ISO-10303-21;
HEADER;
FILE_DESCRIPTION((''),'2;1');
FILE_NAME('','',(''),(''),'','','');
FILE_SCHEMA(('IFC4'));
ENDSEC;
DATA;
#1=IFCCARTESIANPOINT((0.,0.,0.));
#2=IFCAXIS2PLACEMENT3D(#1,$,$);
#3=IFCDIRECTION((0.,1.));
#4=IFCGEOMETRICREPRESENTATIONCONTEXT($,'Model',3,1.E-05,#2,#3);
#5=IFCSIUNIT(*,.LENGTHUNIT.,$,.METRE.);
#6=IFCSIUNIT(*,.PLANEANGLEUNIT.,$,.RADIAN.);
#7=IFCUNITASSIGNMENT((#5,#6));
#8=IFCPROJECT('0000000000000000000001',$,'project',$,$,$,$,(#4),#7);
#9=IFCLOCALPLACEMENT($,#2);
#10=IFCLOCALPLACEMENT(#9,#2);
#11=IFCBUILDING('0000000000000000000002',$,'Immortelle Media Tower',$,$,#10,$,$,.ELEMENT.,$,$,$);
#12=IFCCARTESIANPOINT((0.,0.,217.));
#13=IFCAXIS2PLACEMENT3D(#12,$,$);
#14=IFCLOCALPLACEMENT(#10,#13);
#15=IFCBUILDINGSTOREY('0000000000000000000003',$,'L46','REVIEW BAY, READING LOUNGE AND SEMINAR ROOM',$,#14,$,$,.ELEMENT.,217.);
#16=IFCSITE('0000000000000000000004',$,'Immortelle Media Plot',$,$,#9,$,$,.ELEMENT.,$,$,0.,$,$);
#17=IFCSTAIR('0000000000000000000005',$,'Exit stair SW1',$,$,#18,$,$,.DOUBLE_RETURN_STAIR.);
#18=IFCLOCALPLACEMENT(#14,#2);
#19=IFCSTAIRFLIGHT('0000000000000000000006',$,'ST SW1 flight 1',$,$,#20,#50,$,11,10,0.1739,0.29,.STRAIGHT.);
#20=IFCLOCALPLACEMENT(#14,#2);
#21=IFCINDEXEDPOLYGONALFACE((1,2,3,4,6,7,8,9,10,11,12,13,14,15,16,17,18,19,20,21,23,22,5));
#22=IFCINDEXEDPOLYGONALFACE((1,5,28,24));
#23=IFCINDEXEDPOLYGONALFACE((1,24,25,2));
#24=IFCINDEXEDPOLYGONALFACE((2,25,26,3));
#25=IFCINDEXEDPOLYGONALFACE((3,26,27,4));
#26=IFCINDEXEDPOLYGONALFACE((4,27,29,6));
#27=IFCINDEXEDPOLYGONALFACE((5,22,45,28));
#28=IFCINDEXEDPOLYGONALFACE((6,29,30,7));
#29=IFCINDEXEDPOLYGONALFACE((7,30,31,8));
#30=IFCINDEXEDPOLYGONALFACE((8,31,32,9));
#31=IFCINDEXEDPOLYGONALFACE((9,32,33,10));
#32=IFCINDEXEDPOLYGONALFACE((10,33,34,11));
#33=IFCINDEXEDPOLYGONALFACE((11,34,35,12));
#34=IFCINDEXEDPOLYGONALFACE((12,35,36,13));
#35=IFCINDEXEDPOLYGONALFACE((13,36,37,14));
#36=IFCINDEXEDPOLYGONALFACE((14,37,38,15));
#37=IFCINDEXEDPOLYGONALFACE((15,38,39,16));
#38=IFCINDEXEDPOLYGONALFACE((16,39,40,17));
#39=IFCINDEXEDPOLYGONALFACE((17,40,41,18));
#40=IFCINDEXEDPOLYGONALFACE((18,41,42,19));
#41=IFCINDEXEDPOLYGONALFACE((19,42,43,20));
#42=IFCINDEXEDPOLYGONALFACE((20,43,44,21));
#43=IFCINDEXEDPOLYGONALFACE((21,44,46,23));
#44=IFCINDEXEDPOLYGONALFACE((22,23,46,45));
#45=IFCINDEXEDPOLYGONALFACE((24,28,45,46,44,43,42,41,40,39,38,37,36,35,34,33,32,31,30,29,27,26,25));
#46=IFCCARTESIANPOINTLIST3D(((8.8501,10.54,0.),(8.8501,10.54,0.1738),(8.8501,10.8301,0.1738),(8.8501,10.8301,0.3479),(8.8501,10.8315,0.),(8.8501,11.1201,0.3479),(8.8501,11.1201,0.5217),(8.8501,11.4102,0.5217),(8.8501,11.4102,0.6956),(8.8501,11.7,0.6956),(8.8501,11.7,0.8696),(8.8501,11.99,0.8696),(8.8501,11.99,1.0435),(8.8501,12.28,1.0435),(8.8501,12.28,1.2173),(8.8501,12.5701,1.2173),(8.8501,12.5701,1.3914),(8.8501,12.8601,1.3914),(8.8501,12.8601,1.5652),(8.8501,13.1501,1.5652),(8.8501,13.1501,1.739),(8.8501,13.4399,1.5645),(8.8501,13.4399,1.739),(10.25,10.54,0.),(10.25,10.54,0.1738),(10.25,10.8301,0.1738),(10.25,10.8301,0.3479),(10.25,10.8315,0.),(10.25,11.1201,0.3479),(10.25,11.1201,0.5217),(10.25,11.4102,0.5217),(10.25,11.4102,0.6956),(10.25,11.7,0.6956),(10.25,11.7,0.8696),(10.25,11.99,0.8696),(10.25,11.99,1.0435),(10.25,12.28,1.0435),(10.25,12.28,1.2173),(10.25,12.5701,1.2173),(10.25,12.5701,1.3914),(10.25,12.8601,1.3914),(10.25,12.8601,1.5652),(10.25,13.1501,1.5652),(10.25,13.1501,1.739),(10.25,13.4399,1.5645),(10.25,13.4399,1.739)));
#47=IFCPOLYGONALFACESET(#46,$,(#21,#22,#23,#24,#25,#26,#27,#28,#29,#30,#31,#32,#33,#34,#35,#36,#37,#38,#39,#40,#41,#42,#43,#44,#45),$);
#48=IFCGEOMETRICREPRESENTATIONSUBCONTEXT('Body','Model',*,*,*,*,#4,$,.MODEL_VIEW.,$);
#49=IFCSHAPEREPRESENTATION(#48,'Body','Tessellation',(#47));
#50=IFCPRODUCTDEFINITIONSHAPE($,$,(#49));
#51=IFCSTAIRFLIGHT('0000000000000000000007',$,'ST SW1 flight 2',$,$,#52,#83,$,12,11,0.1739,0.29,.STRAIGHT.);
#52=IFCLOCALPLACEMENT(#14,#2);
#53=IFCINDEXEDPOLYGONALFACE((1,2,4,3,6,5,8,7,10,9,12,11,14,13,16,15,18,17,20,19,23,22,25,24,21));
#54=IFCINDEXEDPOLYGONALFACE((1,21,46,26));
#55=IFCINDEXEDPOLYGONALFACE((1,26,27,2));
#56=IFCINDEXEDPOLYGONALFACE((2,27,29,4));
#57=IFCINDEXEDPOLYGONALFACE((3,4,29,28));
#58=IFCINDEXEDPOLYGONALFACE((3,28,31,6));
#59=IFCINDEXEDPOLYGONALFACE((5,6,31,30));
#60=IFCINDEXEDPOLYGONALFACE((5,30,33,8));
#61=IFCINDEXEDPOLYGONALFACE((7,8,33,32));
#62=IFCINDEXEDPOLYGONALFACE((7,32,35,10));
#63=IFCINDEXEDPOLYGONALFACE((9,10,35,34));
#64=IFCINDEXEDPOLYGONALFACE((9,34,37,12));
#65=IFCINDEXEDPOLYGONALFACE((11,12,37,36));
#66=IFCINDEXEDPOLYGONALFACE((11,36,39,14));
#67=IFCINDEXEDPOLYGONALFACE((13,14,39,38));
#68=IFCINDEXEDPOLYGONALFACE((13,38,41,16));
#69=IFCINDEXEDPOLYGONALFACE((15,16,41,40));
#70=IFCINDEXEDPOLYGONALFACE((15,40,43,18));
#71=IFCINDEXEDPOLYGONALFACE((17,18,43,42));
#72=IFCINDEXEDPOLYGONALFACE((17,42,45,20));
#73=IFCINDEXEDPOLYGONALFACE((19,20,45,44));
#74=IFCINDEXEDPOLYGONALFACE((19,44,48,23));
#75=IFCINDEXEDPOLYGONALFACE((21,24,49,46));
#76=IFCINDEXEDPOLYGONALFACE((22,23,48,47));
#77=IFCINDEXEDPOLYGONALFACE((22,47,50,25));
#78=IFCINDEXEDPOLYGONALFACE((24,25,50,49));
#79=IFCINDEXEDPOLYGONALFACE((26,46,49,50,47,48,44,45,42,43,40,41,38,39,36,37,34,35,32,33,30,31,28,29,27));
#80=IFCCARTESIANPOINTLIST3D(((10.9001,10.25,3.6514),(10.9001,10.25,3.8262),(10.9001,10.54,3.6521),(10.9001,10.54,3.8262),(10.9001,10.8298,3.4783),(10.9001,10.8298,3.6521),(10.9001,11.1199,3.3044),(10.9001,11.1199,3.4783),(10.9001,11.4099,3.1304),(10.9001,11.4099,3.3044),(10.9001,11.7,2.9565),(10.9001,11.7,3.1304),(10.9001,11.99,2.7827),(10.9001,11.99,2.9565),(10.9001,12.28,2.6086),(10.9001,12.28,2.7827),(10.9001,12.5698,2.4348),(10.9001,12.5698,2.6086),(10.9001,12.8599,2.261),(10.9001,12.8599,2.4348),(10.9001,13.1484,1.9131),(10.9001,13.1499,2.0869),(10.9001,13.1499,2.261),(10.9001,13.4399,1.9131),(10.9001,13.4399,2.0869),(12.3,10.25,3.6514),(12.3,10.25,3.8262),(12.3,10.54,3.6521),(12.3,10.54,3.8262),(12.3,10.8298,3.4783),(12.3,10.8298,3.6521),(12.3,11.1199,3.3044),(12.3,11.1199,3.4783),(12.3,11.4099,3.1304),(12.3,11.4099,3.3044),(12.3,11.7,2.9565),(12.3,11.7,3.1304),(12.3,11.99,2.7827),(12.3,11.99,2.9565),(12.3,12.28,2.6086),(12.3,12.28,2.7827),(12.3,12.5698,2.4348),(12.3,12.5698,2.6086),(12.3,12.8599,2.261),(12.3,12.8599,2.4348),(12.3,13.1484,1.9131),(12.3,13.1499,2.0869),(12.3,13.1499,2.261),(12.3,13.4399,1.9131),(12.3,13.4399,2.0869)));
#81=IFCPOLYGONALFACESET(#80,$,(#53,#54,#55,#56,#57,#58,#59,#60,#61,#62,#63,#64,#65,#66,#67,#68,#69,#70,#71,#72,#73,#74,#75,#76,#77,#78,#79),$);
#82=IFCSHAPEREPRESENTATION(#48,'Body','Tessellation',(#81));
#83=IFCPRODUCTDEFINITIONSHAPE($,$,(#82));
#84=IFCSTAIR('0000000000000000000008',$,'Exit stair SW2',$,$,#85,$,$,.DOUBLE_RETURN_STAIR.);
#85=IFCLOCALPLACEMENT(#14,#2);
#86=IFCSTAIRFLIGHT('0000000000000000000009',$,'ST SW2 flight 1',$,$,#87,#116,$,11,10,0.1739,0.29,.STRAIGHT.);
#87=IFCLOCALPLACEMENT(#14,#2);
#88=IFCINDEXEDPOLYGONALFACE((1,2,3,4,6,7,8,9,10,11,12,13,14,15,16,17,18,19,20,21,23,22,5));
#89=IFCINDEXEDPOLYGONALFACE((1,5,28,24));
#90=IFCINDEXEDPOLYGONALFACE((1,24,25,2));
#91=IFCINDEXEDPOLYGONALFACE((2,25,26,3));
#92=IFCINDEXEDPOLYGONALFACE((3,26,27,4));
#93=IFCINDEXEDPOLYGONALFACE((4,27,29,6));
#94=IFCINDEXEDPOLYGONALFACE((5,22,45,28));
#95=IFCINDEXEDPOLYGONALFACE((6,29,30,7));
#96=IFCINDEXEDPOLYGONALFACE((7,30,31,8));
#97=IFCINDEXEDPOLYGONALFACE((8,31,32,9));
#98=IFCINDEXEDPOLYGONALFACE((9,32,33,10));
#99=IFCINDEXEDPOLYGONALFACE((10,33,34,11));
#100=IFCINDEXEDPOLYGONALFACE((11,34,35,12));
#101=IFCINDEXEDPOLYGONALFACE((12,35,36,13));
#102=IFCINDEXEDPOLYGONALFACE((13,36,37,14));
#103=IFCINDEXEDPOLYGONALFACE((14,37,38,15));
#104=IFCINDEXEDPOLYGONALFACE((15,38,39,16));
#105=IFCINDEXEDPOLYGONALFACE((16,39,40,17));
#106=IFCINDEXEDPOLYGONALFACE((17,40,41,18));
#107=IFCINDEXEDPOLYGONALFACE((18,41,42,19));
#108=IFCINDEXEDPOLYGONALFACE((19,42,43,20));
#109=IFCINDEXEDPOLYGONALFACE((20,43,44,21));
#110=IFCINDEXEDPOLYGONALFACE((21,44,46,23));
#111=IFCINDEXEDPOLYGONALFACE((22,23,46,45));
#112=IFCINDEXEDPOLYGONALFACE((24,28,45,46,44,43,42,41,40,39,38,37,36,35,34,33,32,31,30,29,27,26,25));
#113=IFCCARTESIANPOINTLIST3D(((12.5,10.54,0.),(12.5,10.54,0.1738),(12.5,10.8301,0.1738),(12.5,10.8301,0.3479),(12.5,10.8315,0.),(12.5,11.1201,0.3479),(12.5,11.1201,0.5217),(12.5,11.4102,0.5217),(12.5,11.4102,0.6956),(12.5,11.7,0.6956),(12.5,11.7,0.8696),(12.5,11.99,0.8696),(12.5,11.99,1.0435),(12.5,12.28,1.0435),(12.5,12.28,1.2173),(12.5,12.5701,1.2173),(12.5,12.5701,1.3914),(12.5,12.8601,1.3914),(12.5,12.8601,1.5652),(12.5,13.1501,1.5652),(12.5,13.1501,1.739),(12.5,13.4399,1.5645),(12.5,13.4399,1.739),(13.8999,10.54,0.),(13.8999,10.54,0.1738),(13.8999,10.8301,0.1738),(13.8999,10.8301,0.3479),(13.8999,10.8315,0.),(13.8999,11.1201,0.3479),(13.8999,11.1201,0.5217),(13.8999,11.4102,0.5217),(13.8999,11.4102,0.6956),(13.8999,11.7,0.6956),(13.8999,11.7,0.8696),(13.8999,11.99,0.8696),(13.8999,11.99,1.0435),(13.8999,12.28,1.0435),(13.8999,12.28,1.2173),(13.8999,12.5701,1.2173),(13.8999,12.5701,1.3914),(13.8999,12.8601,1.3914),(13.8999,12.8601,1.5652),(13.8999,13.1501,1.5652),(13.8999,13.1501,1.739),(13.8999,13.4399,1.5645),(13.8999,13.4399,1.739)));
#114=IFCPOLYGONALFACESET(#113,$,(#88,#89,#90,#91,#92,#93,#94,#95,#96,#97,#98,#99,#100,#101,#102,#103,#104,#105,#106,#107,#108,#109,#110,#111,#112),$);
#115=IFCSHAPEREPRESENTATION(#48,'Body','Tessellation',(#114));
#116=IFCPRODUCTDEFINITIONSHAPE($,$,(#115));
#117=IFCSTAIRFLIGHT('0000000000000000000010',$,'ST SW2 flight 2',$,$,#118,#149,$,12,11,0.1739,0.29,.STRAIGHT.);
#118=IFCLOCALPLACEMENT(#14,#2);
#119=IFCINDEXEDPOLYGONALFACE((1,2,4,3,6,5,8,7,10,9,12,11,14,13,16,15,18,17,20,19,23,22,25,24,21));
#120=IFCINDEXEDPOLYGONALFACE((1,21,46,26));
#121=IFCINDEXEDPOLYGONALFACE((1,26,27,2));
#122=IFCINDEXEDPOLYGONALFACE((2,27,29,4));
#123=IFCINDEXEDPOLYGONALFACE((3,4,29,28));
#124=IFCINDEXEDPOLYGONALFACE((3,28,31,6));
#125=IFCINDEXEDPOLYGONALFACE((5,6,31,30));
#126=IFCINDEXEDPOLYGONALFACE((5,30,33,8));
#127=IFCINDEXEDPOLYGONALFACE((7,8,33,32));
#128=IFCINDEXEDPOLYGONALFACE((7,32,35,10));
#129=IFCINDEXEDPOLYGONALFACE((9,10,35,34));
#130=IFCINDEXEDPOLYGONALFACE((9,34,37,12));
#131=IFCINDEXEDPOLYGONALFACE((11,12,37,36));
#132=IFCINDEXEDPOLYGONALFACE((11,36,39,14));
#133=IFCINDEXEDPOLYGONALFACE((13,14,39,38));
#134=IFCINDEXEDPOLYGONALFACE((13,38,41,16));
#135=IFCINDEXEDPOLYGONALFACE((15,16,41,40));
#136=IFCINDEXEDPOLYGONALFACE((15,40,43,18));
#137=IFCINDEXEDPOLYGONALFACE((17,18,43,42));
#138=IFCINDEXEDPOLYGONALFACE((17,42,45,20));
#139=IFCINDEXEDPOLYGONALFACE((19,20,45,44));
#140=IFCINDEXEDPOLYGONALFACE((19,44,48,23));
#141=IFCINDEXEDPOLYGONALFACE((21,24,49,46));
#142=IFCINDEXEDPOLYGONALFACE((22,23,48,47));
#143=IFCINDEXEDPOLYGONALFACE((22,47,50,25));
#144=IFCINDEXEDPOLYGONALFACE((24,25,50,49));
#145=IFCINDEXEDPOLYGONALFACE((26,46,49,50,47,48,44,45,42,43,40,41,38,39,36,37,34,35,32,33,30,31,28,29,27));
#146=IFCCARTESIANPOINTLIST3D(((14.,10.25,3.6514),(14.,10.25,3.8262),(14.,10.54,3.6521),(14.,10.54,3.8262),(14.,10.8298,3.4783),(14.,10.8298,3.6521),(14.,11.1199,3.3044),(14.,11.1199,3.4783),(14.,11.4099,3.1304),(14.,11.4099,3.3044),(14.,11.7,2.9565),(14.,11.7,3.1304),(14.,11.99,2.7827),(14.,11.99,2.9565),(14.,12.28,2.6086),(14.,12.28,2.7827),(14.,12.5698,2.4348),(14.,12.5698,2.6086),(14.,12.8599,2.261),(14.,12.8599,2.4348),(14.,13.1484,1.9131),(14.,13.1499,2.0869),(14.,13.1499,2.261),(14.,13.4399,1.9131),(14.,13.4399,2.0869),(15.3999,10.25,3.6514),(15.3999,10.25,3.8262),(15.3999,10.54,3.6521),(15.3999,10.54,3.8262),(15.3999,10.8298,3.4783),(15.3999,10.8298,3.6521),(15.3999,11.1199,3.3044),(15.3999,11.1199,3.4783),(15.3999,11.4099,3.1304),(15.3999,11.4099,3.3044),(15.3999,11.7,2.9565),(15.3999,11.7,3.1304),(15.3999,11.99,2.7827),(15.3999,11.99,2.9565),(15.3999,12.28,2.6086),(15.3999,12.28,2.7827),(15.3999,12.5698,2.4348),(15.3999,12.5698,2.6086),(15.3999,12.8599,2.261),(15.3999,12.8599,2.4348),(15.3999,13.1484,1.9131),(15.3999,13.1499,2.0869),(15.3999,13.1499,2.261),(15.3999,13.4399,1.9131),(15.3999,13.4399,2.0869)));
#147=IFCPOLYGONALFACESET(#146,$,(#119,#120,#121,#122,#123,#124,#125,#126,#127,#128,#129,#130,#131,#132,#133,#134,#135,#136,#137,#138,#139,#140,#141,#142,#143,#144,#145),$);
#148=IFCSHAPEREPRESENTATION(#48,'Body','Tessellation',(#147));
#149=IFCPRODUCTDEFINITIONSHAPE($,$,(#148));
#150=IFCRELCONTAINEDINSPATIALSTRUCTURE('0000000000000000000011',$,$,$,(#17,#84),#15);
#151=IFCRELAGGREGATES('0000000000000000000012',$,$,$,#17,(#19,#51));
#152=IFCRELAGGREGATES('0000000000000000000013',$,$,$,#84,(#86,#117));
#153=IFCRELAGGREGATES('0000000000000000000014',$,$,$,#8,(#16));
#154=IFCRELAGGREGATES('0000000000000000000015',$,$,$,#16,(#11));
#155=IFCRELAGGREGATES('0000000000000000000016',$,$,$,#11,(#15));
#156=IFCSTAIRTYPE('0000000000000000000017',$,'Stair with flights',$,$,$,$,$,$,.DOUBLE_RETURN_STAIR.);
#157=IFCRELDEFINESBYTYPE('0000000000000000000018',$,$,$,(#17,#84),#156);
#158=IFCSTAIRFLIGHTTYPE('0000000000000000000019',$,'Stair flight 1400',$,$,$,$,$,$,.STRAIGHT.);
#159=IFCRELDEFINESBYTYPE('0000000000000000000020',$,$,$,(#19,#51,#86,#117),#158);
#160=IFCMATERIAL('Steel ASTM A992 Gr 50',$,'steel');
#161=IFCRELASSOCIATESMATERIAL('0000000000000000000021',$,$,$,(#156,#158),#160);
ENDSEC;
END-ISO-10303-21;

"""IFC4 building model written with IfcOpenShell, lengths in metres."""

from ifc_helpers import new_model, si_unit, direction, frame, origin, place, context, subcontext, project, spatial, polyline, outline, extrude, material, type_object, element, aggregate, save


model = new_model("IFC4")

# Units and contexts
model_context = context("Model", 3, precision=1e-05, world=origin(), true_north=direction((0.0, 1.0)))
body_context = subcontext(model_context, "Body", "Model", "MODEL_VIEW")
ifc_project = project(units=[si_unit("LENGTHUNIT", "METRE"), si_unit("PLANEANGLEUNIT", "RADIAN")], contexts=[model_context])

# Site, building, storey
site_placement = place(None, origin())
site = spatial("IfcSite", under=ifc_project, at=site_placement, Name="Immortelle Media Plot", CompositionType="ELEMENT", RefElevation=0.0)
building_placement = place(site_placement, origin())
building = spatial("IfcBuilding", under=site, at=building_placement, Name="Immortelle Media Tower", CompositionType="ELEMENT")
storey_placement = place(building_placement, frame((0.0, 0.0, 217.0)))
storey = spatial("IfcBuildingStorey", under=building, at=storey_placement, Name="L46", Description="REVIEW BAY, READING LOUNGE AND SEMINAR ROOM", CompositionType="ELEMENT", Elevation=217.0)

# Shared definitions
ifc_material_1 = material(Name="Steel ASTM A992 Gr 50", Category="steel")

# Stairs, stair flights
stair_type = type_object("IfcStairType", Name="Stair with flights", PredefinedType="DOUBLE_RETURN_STAIR", material=ifc_material_1)
stair_1_placement = place(storey_placement, origin())
stair_1 = element("IfcStair", 1, at=stair_1_placement, inside=storey, type_object=stair_type, Name="Exit stair SW1", PredefinedType="DOUBLE_RETURN_STAIR")
stair_flight_type = type_object("IfcStairFlightType", Name="Stair flight 1400", PredefinedType="STRAIGHT", material=ifc_material_1)
stair_flight_1_placement = place(storey_placement, frame((9.55, 10.54, 0.0), z_axis=(0.0, 0.0, 1.0), x_axis=(0.0, 1.0, 0.0)))
stair_flight_1 = element("IfcStairFlight", 2, at=stair_flight_1_placement, type_object=stair_flight_type, Name="ST SW1 flight 1", NumberOfRisers=11, NumberOfTreads=10, PredefinedType="STRAIGHT", RiserHeight=0.1739, TreadLength=0.29, context=body_context, shape_type="SweptSolid", body=[
    extrude(outline(polyline([(0.0, 0.0), (0.0, 0.1738), (0.29, 0.1738), (0.29, 0.3479), (0.5801, 0.3479), (0.5801, 0.5217), (0.8701, 0.5217), (0.8701, 0.6956), (1.1599, 0.6956), (1.1599, 0.8696), (1.45, 0.8696), (1.45, 1.0435), (1.74, 1.0435), (1.74, 1.2173), (2.03, 1.2173), (2.03, 1.3914), (2.3201, 1.3914), (2.3201, 1.5652), (2.6101, 1.5652), (2.6101, 1.739), (2.8999, 1.739), (2.8999, 1.9131), (2.8999, 1.5645), (0.2915, 0.0), (0.0, 0.0)])), frame((0.0, 0.7, 0.0), z_axis=(0.0, -1.0, 0.0), x_axis=(1.0, 0.0, 0.0)), (0.0, 0.0, 1.0), 1.3999),
])
stair_flight_2_placement = place(storey_placement, frame((11.6001, 13.4399, 1.9131), z_axis=(0.0, 0.0, 1.0), x_axis=(0.0, -1.0, 0.0)))
stair_flight_2 = element("IfcStairFlight", 3, at=stair_flight_2_placement, type_object=stair_flight_type, Name="ST SW1 flight 2", NumberOfRisers=12, NumberOfTreads=11, PredefinedType="STRAIGHT", RiserHeight=0.1739, TreadLength=0.29, context=body_context, shape_type="SweptSolid", body=[
    extrude(outline(polyline([(0.0, 0.0), (0.0, 0.1738), (0.29, 0.1738), (0.29, 0.3479), (0.5801, 0.3479), (0.5801, 0.5217), (0.8701, 0.5217), (0.8701, 0.6956), (1.1599, 0.6956), (1.1599, 0.8696), (1.45, 0.8696), (1.45, 1.0435), (1.74, 1.0435), (1.74, 1.2173), (2.03, 1.2173), (2.03, 1.3914), (2.3201, 1.3914), (2.3201, 1.5652), (2.6101, 1.5652), (2.6101, 1.739), (2.8999, 1.739), (2.8999, 1.9131), (3.1899, 1.9131), (3.1899, 2.0869), (3.1899, 1.7383), (0.2915, 0.0), (0.0, 0.0)])), frame((0.0, 0.7, 0.0), z_axis=(0.0, -1.0, 0.0), x_axis=(1.0, 0.0, 0.0)), (0.0, 0.0, 1.0), 1.3999),
])
aggregate(stair_1, [stair_flight_1, stair_flight_2])
stair_2_placement = place(storey_placement, origin())
stair_2 = element("IfcStair", 4, at=stair_2_placement, inside=storey, type_object=stair_type, Name="Exit stair SW2", PredefinedType="DOUBLE_RETURN_STAIR")
stair_flight_3_placement = place(storey_placement, frame((13.2, 10.54, 0.0), z_axis=(0.0, 0.0, 1.0), x_axis=(0.0, 1.0, 0.0)))
stair_flight_3 = element("IfcStairFlight", 5, at=stair_flight_3_placement, type_object=stair_flight_type, Name="ST SW2 flight 1", NumberOfRisers=11, NumberOfTreads=10, PredefinedType="STRAIGHT", RiserHeight=0.1739, TreadLength=0.29, context=body_context, shape_type="SweptSolid", body=[
    extrude(outline(polyline([(0.0, 0.0), (0.0, 0.1738), (0.29, 0.1738), (0.29, 0.3479), (0.5801, 0.3479), (0.5801, 0.5217), (0.8701, 0.5217), (0.8701, 0.6956), (1.1599, 0.6956), (1.1599, 0.8696), (1.45, 0.8696), (1.45, 1.0435), (1.74, 1.0435), (1.74, 1.2173), (2.03, 1.2173), (2.03, 1.3914), (2.3201, 1.3914), (2.3201, 1.5652), (2.6101, 1.5652), (2.6101, 1.739), (2.8999, 1.739), (2.8999, 1.9131), (2.8999, 1.5645), (0.2915, 0.0), (0.0, 0.0)])), frame((0.0, 0.7, 0.0), z_axis=(0.0, -1.0, 0.0), x_axis=(1.0, 0.0, 0.0)), (0.0, 0.0, 1.0), 1.3999),
])
stair_flight_4_placement = place(storey_placement, frame((14.7, 13.4399, 1.9131), z_axis=(0.0, 0.0, 1.0), x_axis=(0.0, -1.0, 0.0)))
stair_flight_4 = element("IfcStairFlight", 6, at=stair_flight_4_placement, type_object=stair_flight_type, Name="ST SW2 flight 2", NumberOfRisers=12, NumberOfTreads=11, PredefinedType="STRAIGHT", RiserHeight=0.1739, TreadLength=0.29, context=body_context, shape_type="SweptSolid", body=[
    extrude(outline(polyline([(0.0, 0.0), (0.0, 0.1738), (0.29, 0.1738), (0.29, 0.3479), (0.5801, 0.3479), (0.5801, 0.5217), (0.8701, 0.5217), (0.8701, 0.6956), (1.1599, 0.6956), (1.1599, 0.8696), (1.45, 0.8696), (1.45, 1.0435), (1.74, 1.0435), (1.74, 1.2173), (2.03, 1.2173), (2.03, 1.3914), (2.3201, 1.3914), (2.3201, 1.5652), (2.6101, 1.5652), (2.6101, 1.739), (2.8999, 1.739), (2.8999, 1.9131), (3.1899, 1.9131), (3.1899, 2.0869), (3.1899, 1.7383), (0.2915, 0.0), (0.0, 0.0)])), frame((0.0, 0.7, 0.0), z_axis=(0.0, -1.0, 0.0), x_axis=(1.0, 0.0, 0.0)), (0.0, 0.0, 1.0), 1.3999),
])
aggregate(stair_2, [stair_flight_3, stair_flight_4])

save(model, "model.ifc")
